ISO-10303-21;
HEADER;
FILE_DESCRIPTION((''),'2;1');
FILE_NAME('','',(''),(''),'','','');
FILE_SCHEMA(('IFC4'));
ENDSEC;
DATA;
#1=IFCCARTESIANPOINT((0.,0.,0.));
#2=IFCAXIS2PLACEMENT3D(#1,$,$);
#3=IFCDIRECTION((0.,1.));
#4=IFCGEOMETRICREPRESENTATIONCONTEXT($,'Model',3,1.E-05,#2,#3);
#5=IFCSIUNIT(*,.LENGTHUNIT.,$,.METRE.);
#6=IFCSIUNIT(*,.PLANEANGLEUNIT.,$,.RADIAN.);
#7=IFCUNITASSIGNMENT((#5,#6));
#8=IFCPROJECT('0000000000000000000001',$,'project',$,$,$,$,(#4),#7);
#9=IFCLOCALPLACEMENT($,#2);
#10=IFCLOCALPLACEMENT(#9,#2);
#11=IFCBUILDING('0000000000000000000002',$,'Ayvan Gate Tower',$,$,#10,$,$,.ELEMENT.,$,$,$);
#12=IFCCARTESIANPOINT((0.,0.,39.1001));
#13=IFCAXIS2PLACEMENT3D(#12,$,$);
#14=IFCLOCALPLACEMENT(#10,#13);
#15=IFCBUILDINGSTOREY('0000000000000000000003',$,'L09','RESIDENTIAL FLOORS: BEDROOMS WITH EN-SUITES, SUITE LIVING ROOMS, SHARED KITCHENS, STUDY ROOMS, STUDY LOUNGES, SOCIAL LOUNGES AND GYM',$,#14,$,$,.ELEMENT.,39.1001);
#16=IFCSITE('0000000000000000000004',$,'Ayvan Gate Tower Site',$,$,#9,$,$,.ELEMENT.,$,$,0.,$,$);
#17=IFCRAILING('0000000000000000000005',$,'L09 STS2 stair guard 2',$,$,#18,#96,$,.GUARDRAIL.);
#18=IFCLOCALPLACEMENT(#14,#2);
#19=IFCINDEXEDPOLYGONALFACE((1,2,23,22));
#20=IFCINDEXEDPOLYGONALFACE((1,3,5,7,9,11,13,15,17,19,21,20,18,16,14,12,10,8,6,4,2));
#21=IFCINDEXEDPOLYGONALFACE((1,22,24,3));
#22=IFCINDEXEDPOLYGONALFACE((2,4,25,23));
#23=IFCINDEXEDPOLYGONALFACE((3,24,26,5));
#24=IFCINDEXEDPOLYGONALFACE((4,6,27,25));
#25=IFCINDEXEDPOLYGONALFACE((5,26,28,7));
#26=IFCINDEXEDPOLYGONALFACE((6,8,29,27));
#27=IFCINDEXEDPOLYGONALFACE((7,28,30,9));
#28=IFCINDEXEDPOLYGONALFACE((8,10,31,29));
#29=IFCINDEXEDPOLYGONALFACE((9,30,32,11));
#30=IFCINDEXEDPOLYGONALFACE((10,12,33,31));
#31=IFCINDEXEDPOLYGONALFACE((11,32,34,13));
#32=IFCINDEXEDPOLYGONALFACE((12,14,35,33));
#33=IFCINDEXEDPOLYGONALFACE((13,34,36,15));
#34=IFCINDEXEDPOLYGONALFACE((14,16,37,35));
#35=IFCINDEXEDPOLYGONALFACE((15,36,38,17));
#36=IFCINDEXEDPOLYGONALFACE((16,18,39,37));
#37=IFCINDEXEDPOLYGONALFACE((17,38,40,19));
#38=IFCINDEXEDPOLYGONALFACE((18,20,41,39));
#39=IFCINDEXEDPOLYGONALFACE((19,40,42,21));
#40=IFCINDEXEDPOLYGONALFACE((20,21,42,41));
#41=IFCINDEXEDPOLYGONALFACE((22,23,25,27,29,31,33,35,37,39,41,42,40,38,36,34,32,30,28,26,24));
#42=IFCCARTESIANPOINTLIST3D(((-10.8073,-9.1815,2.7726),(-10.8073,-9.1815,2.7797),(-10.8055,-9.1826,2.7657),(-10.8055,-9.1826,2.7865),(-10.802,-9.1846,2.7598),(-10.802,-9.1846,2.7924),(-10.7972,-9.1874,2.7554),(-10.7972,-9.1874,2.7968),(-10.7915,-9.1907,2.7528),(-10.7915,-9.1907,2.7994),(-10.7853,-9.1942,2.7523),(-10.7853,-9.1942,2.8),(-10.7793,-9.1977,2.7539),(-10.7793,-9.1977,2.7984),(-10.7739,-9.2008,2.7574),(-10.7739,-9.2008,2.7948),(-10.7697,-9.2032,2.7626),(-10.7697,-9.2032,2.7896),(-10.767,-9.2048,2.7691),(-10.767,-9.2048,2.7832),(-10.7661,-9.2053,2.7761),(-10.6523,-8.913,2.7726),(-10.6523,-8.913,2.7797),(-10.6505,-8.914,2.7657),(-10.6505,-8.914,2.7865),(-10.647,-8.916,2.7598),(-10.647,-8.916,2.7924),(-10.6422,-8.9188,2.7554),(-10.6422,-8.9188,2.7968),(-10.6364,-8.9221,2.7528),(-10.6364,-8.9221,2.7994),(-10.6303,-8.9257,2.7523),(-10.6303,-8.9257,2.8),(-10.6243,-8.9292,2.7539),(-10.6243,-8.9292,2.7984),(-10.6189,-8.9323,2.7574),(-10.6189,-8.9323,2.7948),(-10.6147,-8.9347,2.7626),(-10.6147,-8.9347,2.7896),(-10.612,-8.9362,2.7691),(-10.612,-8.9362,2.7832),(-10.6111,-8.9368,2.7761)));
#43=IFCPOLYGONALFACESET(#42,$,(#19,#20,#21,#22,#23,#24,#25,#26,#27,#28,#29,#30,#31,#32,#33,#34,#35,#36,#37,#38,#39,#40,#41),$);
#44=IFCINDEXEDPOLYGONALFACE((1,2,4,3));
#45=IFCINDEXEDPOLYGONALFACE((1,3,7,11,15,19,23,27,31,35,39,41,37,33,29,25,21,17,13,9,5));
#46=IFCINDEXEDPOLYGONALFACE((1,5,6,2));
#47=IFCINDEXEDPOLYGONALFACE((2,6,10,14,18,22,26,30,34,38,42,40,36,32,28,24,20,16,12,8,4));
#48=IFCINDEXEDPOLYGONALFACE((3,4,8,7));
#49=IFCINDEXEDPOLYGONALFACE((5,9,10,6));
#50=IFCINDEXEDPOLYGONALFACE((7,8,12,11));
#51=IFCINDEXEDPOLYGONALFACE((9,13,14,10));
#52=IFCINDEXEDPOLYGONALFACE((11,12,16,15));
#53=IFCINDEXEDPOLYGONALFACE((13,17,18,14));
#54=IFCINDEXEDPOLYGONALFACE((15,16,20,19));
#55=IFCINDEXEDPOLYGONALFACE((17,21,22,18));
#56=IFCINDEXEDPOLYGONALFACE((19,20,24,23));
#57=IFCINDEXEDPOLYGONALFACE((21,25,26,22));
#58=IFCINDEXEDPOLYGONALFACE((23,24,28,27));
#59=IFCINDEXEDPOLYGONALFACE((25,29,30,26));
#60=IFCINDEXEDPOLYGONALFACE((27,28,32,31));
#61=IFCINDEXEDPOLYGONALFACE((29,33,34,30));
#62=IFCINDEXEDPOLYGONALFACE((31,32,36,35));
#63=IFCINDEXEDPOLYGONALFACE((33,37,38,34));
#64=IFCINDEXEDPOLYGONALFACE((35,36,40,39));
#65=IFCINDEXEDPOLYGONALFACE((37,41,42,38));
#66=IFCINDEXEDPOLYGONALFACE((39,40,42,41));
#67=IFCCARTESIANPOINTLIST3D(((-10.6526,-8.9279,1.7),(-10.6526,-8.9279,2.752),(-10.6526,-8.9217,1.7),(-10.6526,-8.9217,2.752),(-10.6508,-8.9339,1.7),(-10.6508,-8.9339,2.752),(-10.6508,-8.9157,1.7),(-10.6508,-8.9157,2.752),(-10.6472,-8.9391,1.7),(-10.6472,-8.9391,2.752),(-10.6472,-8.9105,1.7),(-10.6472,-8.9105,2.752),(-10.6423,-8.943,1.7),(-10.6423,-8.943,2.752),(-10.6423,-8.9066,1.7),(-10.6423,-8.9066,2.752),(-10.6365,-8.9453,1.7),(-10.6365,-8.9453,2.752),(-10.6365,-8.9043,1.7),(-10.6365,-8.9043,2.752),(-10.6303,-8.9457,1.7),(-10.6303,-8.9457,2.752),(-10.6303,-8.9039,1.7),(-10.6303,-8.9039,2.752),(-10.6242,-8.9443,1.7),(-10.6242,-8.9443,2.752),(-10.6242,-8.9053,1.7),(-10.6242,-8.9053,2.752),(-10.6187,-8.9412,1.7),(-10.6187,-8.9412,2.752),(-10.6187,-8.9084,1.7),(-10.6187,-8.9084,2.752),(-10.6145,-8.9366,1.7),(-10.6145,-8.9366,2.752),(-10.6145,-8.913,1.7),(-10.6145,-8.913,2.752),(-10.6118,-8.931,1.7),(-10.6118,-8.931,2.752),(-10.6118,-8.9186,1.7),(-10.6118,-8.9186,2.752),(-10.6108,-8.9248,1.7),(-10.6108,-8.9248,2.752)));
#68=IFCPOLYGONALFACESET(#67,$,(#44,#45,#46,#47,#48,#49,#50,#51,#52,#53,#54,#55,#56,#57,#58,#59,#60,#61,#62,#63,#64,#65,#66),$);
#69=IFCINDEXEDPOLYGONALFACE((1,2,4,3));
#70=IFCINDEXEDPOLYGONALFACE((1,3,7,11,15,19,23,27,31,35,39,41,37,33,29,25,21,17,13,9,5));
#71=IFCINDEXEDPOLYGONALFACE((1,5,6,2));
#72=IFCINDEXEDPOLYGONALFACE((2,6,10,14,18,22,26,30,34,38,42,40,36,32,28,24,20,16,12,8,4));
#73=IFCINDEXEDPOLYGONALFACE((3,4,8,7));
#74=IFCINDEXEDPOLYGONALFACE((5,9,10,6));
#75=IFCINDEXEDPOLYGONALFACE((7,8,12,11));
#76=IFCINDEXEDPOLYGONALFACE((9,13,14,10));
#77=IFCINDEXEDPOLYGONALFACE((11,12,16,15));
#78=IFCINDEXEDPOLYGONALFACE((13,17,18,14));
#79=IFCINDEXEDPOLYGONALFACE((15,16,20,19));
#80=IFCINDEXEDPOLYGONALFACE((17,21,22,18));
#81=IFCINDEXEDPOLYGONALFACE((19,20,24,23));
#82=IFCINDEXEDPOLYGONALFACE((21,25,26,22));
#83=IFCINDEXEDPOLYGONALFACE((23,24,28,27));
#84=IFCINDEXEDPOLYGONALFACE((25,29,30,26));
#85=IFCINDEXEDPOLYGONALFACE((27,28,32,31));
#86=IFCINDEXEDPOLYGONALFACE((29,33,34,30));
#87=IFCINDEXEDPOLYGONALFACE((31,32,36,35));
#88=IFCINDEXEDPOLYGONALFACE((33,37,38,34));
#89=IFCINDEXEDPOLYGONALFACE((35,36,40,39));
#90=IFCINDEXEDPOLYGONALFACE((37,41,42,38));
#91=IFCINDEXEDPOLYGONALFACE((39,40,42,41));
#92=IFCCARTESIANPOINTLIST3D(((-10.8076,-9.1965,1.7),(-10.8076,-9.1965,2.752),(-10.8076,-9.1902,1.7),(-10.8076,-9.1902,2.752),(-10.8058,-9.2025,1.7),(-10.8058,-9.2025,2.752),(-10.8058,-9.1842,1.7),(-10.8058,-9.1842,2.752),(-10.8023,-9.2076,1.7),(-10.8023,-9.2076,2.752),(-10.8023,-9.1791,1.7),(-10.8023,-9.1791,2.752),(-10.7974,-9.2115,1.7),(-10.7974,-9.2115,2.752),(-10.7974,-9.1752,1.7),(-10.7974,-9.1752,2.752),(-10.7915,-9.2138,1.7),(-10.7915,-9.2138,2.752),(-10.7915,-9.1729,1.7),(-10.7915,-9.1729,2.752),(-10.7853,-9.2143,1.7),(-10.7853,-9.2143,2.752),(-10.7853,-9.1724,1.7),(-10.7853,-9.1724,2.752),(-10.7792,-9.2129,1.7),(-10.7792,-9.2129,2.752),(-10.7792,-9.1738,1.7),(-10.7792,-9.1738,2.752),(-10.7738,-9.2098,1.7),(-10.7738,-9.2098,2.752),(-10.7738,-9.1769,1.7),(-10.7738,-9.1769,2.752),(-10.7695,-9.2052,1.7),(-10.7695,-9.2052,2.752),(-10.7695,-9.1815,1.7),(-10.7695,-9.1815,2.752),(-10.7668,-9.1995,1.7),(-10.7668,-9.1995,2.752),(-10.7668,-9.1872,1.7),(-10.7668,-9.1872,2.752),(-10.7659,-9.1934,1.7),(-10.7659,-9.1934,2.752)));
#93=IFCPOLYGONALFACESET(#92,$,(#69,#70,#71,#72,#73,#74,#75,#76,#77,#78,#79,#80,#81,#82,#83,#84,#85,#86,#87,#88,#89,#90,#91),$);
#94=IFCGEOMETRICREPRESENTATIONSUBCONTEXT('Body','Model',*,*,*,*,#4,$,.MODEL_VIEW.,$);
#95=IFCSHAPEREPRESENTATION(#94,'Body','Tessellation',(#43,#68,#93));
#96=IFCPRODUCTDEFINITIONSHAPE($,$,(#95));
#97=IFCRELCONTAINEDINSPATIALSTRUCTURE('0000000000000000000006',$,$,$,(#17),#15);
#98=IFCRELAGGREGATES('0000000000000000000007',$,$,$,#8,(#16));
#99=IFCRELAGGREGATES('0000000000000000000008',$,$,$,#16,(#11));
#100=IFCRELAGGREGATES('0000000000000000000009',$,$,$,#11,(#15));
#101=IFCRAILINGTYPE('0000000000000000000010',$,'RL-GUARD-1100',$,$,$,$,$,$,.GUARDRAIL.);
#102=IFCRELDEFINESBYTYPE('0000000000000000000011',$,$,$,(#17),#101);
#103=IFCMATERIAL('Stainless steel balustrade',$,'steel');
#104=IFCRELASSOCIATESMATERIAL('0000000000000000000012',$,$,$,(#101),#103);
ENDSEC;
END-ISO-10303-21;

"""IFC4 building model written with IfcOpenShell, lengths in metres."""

from ifc_helpers import new_model, si_unit, direction, frame, origin, origin_2d, place, context, subcontext, project, spatial, circle, extrude, material, type_object, element, save


model = new_model("IFC4")

# Units and contexts
model_context = context("Model", 3, precision=1e-05, world=origin(), true_north=direction((0.0, 1.0)))
body_context = subcontext(model_context, "Body", "Model", "MODEL_VIEW")
ifc_project = project(units=[si_unit("LENGTHUNIT", "METRE"), si_unit("PLANEANGLEUNIT", "RADIAN")], contexts=[model_context])

# Site, building, storey
site_placement = place(None, origin())
site = spatial("IfcSite", under=ifc_project, at=site_placement, Name="Ayvan Gate Tower Site", CompositionType="ELEMENT", RefElevation=0.0)
building_placement = place(site_placement, origin())
building = spatial("IfcBuilding", under=site, at=building_placement, Name="Ayvan Gate Tower", CompositionType="ELEMENT")
storey_placement = place(building_placement, frame((0.0, 0.0, 39.1001)))
storey = spatial("IfcBuildingStorey", under=building, at=storey_placement, Name="L09", Description="RESIDENTIAL FLOORS: BEDROOMS WITH EN-SUITES, SUITE LIVING ROOMS, SHARED KITCHENS, STUDY ROOMS, STUDY LOUNGES, SOCIAL LOUNGES AND GYM", CompositionType="ELEMENT", Elevation=39.1001)

# Railing
ifc_material_1 = material(Name="Stainless steel balustrade", Category="steel")
railing_type_1 = type_object("IfcRailingType", Name="RL-GUARD-1100", PredefinedType="GUARDRAIL", material=ifc_material_1)
railing_1_placement = place(storey_placement, frame((-10.6318, -8.9248, 1.7)))
element("IfcRailing", 1, at=railing_1_placement, inside=storey, type_object=railing_type_1, Name="L09 STS2 stair guard 2", PredefinedType="GUARDRAIL", context=body_context, shape_type="SweptSolid", body=[
    extrude(circle(Radius=0.0239, at=origin_2d()), frame((0.0, 0.0, 1.0762), z_axis=(-0.49995, -0.866054, 0.0), x_axis=(0.866054, -0.49995, 0.0)), (0.0, 0.0, 1.0), 0.3101),
    extrude(circle(Radius=0.021, at=origin_2d()), origin(), (0.0, 0.0, 1.0), 1.052),
    extrude(circle(Radius=0.021, at=origin_2d()), frame((-0.155, -0.2686, 0.0)), (0.0, 0.0, 1.0), 1.052),
])

save(model, "model.ifc")
